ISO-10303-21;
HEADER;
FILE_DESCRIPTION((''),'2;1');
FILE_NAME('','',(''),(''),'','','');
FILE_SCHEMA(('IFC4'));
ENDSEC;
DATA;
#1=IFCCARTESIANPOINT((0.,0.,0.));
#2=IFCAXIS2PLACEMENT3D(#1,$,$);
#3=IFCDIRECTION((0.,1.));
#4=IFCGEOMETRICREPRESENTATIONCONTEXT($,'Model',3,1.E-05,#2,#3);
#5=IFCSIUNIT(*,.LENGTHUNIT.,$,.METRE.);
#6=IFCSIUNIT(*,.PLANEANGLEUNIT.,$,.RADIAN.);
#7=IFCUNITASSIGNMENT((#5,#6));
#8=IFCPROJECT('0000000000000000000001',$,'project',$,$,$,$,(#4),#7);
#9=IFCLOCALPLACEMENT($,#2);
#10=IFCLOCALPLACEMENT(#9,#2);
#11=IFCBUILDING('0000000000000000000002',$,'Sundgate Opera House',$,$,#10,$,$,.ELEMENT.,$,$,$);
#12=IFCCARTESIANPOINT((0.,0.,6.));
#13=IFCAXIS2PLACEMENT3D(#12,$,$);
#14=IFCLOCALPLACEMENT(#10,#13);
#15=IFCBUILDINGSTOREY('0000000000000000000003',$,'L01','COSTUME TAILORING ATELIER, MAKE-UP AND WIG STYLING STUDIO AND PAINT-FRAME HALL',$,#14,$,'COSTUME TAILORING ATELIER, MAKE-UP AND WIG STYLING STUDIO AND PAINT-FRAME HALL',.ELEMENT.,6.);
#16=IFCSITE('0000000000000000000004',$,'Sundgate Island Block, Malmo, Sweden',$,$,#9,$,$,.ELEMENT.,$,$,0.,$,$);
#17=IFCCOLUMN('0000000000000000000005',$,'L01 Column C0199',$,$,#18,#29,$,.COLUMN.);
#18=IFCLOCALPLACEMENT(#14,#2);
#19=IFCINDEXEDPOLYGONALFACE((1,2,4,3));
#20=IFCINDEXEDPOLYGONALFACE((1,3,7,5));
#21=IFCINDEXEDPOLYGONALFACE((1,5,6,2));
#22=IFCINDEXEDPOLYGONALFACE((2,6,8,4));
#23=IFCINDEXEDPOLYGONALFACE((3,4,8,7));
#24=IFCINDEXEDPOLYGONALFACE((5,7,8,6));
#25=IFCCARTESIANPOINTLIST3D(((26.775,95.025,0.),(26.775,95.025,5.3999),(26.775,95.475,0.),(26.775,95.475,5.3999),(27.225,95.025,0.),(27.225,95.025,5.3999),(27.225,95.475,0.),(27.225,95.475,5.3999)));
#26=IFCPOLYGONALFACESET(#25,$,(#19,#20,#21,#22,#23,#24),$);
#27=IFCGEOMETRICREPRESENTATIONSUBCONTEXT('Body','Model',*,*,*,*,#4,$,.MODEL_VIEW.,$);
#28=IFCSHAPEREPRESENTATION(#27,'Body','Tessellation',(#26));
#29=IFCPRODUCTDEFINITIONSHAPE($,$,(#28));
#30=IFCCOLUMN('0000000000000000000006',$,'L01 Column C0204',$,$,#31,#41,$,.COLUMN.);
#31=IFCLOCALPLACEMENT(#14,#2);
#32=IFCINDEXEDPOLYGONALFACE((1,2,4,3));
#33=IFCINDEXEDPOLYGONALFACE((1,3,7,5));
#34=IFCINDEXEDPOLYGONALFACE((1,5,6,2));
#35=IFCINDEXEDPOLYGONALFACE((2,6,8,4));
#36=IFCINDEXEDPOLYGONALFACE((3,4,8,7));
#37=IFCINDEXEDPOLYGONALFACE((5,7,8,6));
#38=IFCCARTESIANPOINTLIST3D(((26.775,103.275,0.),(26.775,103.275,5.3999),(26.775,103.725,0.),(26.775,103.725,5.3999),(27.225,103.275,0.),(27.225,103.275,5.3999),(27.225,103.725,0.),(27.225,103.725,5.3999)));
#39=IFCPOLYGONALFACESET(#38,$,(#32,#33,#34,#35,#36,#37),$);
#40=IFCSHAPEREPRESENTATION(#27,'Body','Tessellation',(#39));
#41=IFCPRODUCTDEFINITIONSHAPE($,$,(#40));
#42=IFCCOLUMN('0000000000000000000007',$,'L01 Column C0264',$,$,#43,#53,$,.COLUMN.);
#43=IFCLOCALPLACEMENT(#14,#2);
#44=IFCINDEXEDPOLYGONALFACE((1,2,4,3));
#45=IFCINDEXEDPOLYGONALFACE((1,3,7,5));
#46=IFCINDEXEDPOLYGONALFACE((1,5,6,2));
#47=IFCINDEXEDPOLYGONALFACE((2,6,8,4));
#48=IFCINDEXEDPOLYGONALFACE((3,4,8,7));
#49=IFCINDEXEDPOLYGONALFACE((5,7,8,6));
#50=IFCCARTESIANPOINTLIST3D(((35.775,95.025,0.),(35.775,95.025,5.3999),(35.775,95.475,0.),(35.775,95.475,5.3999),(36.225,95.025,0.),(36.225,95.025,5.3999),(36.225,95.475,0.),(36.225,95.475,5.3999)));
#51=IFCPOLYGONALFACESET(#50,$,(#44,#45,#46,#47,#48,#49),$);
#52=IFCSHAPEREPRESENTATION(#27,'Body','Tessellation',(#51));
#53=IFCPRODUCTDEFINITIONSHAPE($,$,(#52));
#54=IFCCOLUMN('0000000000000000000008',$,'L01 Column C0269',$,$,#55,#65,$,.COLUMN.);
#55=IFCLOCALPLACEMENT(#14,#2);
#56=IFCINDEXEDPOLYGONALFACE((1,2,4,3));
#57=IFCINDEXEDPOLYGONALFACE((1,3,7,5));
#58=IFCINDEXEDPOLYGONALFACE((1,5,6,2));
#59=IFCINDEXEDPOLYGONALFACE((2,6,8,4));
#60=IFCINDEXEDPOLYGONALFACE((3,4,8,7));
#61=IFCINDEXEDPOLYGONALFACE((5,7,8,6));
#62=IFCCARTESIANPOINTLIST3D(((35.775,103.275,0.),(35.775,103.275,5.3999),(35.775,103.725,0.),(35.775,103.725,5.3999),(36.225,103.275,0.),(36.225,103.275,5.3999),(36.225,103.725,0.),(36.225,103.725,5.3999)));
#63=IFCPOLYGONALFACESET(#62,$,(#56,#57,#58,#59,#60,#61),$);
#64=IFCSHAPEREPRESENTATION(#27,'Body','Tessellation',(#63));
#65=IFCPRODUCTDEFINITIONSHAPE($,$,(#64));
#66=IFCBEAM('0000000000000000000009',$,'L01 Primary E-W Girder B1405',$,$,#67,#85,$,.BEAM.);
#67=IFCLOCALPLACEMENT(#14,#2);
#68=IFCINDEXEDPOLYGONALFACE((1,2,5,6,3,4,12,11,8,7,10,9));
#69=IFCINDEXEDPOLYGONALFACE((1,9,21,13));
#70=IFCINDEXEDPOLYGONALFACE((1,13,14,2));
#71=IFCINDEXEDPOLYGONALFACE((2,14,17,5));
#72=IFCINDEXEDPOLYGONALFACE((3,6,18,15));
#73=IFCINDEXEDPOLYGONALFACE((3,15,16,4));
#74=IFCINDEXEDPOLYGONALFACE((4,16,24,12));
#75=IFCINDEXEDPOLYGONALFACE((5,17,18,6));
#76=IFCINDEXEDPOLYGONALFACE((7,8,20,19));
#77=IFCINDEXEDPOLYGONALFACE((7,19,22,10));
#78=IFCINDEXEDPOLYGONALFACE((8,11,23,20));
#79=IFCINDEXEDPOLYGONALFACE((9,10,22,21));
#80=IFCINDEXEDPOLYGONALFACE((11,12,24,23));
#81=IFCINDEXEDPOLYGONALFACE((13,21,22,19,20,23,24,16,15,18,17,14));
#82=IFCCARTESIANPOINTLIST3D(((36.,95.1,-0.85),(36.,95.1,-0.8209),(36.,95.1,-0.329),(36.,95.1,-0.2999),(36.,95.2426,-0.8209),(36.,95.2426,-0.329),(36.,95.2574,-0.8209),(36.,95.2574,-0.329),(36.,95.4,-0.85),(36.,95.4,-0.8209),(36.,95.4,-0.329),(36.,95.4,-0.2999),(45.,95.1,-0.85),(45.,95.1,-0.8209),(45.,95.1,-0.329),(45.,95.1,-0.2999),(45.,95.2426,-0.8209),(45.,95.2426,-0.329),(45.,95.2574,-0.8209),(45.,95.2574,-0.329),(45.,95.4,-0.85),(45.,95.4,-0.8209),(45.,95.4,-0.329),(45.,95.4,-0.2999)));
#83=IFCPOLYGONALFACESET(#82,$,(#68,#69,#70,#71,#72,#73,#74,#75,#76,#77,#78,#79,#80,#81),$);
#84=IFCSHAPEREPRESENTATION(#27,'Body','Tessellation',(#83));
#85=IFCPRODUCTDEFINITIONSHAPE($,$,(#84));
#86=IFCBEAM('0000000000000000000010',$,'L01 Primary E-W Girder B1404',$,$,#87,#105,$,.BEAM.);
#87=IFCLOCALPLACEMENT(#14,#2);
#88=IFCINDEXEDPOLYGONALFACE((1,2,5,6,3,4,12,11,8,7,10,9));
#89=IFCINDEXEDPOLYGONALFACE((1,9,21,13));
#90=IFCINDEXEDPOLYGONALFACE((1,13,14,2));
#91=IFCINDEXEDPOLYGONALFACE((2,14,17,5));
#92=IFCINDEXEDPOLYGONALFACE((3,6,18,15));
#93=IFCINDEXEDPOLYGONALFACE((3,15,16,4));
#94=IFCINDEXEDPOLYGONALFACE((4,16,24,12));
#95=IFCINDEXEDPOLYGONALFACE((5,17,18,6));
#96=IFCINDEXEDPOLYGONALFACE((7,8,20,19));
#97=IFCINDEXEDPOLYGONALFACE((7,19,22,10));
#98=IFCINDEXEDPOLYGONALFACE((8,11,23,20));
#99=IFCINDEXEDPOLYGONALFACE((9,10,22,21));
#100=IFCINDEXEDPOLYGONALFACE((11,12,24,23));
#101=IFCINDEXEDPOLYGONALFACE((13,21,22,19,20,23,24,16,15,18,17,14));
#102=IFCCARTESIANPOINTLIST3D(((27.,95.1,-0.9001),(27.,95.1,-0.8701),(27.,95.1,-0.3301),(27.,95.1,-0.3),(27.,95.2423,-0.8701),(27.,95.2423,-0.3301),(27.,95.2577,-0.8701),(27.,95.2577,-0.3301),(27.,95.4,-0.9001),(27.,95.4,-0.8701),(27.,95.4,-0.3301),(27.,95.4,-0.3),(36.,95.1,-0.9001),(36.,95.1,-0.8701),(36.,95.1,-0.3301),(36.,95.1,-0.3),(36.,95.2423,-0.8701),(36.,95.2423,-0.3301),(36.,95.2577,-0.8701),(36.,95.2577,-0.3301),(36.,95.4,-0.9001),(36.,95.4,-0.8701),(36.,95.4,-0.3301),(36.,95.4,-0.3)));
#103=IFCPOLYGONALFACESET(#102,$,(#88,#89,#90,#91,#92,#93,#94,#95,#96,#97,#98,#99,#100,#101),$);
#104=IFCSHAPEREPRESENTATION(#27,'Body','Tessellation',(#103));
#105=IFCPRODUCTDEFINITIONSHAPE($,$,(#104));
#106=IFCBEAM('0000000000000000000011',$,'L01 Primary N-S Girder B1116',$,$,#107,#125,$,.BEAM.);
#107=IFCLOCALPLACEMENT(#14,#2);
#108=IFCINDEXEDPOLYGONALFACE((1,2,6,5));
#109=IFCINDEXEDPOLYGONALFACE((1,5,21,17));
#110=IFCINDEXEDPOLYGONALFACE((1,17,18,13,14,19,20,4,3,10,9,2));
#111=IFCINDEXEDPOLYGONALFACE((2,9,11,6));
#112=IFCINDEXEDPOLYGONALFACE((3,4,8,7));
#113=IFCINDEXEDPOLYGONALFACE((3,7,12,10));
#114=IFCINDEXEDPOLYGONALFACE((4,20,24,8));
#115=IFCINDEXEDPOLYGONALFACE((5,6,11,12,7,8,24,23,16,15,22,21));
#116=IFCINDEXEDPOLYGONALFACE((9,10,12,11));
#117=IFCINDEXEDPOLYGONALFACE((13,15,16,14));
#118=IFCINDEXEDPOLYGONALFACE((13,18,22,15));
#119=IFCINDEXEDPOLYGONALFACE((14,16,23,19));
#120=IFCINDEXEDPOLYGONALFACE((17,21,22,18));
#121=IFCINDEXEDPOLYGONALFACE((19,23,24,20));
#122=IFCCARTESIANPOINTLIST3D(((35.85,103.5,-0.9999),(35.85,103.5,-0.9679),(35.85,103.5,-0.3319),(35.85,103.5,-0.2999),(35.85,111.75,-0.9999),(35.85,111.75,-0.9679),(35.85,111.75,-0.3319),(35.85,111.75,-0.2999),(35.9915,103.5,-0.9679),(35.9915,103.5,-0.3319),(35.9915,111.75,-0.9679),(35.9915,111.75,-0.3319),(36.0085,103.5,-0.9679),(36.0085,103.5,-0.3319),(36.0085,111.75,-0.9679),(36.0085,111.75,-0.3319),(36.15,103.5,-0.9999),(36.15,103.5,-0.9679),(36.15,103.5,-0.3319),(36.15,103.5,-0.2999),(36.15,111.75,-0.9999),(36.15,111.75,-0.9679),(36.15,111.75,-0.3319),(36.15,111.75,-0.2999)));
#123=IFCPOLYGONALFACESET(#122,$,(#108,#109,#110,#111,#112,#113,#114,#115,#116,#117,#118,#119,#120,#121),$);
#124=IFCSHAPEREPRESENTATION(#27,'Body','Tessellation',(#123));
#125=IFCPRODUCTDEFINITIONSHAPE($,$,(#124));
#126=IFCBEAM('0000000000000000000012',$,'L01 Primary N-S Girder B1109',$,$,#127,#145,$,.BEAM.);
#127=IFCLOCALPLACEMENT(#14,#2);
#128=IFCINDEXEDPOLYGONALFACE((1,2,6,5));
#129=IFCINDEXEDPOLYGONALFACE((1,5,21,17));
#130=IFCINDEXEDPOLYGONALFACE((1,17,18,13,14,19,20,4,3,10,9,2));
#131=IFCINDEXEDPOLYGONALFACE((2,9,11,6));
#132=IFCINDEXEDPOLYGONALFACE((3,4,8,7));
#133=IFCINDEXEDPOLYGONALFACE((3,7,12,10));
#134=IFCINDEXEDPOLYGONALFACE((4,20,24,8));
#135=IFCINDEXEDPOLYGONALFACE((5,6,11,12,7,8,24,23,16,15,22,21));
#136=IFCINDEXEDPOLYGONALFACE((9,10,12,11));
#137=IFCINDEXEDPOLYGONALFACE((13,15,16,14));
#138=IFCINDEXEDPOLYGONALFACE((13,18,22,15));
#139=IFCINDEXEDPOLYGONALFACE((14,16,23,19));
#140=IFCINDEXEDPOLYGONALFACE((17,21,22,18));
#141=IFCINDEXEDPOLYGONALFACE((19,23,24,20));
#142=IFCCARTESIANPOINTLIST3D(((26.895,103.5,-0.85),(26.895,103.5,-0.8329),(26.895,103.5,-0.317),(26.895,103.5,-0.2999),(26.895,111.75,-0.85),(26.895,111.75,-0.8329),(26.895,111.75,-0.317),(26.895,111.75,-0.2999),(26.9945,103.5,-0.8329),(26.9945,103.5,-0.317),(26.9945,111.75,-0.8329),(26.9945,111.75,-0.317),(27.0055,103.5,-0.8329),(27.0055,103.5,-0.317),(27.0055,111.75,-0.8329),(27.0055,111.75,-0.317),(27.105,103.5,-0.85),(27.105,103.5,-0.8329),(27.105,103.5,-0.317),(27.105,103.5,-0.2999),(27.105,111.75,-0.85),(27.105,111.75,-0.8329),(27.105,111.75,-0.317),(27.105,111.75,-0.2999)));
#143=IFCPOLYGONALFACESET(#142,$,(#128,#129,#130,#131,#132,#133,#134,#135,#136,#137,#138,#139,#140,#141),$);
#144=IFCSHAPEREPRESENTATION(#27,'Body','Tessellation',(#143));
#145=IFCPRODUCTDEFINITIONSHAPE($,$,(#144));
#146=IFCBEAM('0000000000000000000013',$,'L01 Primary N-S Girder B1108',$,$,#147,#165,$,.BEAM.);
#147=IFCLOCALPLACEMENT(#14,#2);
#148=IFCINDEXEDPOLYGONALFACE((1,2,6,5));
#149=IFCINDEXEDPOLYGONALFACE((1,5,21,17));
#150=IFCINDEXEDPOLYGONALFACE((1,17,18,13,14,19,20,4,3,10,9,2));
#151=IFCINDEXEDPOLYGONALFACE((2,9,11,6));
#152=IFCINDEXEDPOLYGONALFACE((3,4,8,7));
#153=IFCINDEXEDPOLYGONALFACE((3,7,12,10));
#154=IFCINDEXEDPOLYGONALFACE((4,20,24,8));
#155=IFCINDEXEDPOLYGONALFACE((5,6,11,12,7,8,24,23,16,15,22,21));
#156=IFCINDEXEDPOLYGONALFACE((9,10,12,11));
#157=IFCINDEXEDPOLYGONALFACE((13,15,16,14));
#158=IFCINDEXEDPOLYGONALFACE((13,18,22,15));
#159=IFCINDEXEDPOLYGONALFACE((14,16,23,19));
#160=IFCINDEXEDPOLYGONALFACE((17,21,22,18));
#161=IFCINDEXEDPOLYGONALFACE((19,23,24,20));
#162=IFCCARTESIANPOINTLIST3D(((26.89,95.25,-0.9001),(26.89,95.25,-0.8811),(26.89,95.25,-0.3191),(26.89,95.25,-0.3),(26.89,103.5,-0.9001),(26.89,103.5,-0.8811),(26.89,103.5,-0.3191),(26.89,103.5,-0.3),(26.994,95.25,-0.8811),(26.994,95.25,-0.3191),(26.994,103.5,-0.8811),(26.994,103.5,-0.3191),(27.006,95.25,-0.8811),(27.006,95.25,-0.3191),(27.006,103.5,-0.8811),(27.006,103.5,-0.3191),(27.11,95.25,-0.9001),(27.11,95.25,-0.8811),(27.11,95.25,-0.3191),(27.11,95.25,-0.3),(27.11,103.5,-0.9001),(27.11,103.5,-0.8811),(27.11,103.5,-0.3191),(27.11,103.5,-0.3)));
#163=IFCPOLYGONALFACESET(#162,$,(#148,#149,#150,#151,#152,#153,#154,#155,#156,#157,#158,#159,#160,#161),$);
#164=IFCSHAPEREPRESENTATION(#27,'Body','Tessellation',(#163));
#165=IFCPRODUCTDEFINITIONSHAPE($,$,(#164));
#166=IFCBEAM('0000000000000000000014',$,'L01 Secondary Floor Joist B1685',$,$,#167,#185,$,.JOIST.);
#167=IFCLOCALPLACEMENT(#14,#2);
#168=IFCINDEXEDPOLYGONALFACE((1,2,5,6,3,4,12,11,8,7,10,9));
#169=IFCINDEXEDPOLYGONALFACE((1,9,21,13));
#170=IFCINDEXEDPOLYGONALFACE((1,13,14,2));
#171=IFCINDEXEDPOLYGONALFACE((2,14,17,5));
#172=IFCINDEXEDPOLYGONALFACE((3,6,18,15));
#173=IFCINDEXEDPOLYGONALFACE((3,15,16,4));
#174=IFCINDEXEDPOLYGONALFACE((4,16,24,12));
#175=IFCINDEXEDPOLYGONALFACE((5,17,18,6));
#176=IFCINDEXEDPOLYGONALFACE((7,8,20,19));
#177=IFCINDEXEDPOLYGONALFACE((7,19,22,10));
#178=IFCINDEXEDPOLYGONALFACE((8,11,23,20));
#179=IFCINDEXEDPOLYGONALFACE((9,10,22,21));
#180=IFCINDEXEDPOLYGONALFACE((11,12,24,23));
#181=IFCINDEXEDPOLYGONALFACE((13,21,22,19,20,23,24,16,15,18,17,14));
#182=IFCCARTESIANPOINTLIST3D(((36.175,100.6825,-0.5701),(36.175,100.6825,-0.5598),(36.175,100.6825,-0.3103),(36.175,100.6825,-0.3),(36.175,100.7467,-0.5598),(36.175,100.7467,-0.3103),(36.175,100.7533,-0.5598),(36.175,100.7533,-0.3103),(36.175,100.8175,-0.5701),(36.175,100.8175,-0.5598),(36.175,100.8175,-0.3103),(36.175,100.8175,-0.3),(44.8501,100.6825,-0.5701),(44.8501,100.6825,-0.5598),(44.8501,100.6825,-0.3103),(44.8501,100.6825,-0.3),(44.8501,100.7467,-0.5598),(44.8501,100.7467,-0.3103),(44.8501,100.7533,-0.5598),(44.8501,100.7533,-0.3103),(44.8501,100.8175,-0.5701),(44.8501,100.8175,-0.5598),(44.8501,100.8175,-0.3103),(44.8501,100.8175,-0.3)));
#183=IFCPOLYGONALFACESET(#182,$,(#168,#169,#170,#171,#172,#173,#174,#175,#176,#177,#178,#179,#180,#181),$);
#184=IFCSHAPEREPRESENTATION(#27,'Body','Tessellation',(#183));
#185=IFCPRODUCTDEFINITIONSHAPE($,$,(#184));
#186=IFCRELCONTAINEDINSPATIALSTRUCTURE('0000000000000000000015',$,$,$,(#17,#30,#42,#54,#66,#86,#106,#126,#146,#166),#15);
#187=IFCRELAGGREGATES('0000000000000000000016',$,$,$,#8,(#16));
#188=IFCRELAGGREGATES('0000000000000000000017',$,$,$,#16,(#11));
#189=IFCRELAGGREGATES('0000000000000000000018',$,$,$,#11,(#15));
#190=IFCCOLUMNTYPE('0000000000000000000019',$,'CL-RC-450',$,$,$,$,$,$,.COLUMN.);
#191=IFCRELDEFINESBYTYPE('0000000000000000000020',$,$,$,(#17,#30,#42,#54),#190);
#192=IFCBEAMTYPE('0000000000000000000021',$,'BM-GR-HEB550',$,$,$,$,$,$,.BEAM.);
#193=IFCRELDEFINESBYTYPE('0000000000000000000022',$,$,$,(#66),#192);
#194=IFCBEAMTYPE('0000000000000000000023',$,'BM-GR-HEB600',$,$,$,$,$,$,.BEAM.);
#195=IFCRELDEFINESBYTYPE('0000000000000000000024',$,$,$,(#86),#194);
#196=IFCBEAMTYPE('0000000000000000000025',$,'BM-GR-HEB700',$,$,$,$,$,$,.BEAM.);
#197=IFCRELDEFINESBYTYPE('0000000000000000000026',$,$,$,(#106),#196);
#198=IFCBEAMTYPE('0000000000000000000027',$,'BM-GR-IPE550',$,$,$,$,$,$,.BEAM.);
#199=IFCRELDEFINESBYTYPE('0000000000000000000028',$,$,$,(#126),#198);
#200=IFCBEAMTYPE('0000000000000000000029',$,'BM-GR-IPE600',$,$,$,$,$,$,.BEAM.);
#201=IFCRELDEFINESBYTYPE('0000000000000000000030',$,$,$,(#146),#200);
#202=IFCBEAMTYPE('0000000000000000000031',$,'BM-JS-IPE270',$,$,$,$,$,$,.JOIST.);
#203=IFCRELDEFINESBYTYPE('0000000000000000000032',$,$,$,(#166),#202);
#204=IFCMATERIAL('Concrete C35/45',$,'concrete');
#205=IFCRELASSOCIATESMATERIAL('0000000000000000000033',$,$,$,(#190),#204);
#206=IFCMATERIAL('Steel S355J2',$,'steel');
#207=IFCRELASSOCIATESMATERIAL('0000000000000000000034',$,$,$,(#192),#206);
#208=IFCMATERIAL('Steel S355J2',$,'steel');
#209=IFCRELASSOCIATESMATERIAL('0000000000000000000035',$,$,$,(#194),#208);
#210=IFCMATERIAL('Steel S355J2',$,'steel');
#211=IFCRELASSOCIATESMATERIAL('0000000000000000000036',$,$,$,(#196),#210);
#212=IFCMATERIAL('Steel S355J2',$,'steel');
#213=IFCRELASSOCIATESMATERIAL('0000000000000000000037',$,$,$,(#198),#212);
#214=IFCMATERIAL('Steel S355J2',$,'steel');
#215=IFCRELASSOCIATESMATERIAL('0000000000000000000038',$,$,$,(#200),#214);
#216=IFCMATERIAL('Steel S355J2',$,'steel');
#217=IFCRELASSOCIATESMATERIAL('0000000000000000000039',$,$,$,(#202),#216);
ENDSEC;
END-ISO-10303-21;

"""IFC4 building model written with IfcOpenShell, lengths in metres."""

from ifc_helpers import new_model, si_unit, direction, frame, origin, origin_2d, place, context, subcontext, project, spatial, rectangle, i_section, extrude, material, material_profile, profile_set, type_object, element, save


model = new_model("IFC4")

# Units and contexts
model_context = context("Model", 3, precision=1e-05, world=origin(), true_north=direction((0.0, 1.0)))
body_context = subcontext(model_context, "Body", "Model", "MODEL_VIEW")
ifc_project = project(units=[si_unit("LENGTHUNIT", "METRE"), si_unit("PLANEANGLEUNIT", "RADIAN")], contexts=[model_context])

# Site, building, storey
site_placement = place(None, origin())
site = spatial("IfcSite", under=ifc_project, at=site_placement, Name="Sundgate Island Block, Malmo, Sweden", CompositionType="ELEMENT", RefElevation=0.0)
building_placement = place(site_placement, origin())
building = spatial("IfcBuilding", under=site, at=building_placement, Name="Sundgate Opera House", CompositionType="ELEMENT")
storey_placement = place(building_placement, frame((0.0, 0.0, 6.0)))
storey = spatial("IfcBuildingStorey", under=building, at=storey_placement, Name="L01", Description="COSTUME TAILORING ATELIER, MAKE-UP AND WIG STYLING STUDIO AND PAINT-FRAME HALL", LongName="COSTUME TAILORING ATELIER, MAKE-UP AND WIG STYLING STUDIO AND PAINT-FRAME HALL", CompositionType="ELEMENT", Elevation=6.0)

# Columns
ifc_material_1 = material(Name="Concrete C35/45", Category="concrete")
ifc_material_profile_1 = material_profile(ifc_material_1, rectangle(XDim=0.45, YDim=0.45, at=origin_2d()), Name="RC 450x450")
ifc_profile_set_1 = profile_set([ifc_material_profile_1], Name="Concrete C35/45")
column_type = type_object("IfcColumnType", Name="CL-RC-450", PredefinedType="COLUMN", material=ifc_profile_set_1)
for number, where, z_axis, x_axis, name in (
    (1, (27.0, 95.25, 0.0), (0.0, 0.0, 1.0), (1.0, 0.0, 0.0), "L01 Column C0199"),
    (2, (27.0, 103.5, 0.0), (0.0, 0.0, 1.0), (1.0, 0.0, 0.0), "L01 Column C0204"),
    (3, (36.0, 95.25, 0.0), (0.0, 0.0, 1.0), (1.0, 0.0, 0.0), "L01 Column C0264"),
    (4, (36.0, 103.5, 0.0), (0.0, 0.0, 1.0), (1.0, 0.0, 0.0), "L01 Column C0269"),
):
    element("IfcColumn", number, at=place(storey_placement, frame(where, z_axis=z_axis, x_axis=x_axis)), inside=storey, type_object=column_type, Name=name, PredefinedType="COLUMN", context=body_context, shape_type="SweptSolid", body=[
        extrude(rectangle(XDim=0.45, YDim=0.45, at=origin_2d()), origin(), (0.0, 0.0, 1.0), 5.3999),
    ])

# Beams
ifc_material_2 = material(Name="Steel S355J2", Category="steel")
ifc_material_profile_2 = material_profile(ifc_material_2, i_section(OverallWidth=0.3, OverallDepth=0.55, WebThickness=0.0149, FlangeThickness=0.0291, at=origin_2d()), Name="HEB 550")
ifc_profile_set_2 = profile_set([ifc_material_profile_2], Name="Steel S355J2")
beam_type_1 = type_object("IfcBeamType", Name="BM-GR-HEB550", PredefinedType="BEAM", material=ifc_profile_set_2)
beam_1_placement = place(storey_placement, frame((36.0, 95.25, -0.575), z_axis=(1.0, 0.0, 0.0), x_axis=(0.0, 1.0, 0.0)))
element("IfcBeam", 5, at=beam_1_placement, inside=storey, type_object=beam_type_1, Name="L01 Primary E-W Girder B1405", PredefinedType="BEAM", context=body_context, shape_type="SweptSolid", body=[
    extrude(i_section(OverallWidth=0.3, OverallDepth=0.55, WebThickness=0.0149, FlangeThickness=0.0291, at=origin_2d()), origin(), (0.0, 0.0, 1.0), 9.0),
])
ifc_material_3 = material(Name="Steel S355J2", Category="steel")
ifc_material_profile_3 = material_profile(ifc_material_3, i_section(OverallWidth=0.3, OverallDepth=0.6001, WebThickness=0.0154, FlangeThickness=0.03, at=origin_2d()), Name="HEB 600")
ifc_profile_set_3 = profile_set([ifc_material_profile_3], Name="Steel S355J2")
beam_type_2 = type_object("IfcBeamType", Name="BM-GR-HEB600", PredefinedType="BEAM", material=ifc_profile_set_3)
beam_2_placement = place(storey_placement, frame((27.0, 95.25, -0.6001), z_axis=(1.0, 0.0, 0.0), x_axis=(0.0, 1.0, 0.0)))
element("IfcBeam", 6, at=beam_2_placement, inside=storey, type_object=beam_type_2, Name="L01 Primary E-W Girder B1404", PredefinedType="BEAM", context=body_context, shape_type="SweptSolid", body=[
    extrude(i_section(OverallWidth=0.3, OverallDepth=0.6001, WebThickness=0.0154, FlangeThickness=0.03, at=origin_2d()), origin(), (0.0, 0.0, 1.0), 9.0),
])
ifc_material_4 = material(Name="Steel S355J2", Category="steel")
ifc_material_profile_4 = material_profile(ifc_material_4, i_section(OverallWidth=0.3, OverallDepth=0.7, WebThickness=0.0171, FlangeThickness=0.032, at=origin_2d()), Name="HEB 700")
ifc_profile_set_4 = profile_set([ifc_material_profile_4], Name="Steel S355J2")
beam_type_3 = type_object("IfcBeamType", Name="BM-GR-HEB700", PredefinedType="BEAM", material=ifc_profile_set_4)
beam_3_placement = place(storey_placement, frame((36.0, 103.5, -0.6499), z_axis=(0.0, 1.0, 0.0), x_axis=(-1.0, 0.0, 0.0)))
element("IfcBeam", 7, at=beam_3_placement, inside=storey, type_object=beam_type_3, Name="L01 Primary N-S Girder B1116", PredefinedType="BEAM", context=body_context, shape_type="SweptSolid", body=[
    extrude(i_section(OverallWidth=0.3, OverallDepth=0.7, WebThickness=0.0171, FlangeThickness=0.032, at=origin_2d()), origin(), (0.0, 0.0, 1.0), 8.25),
])
ifc_material_5 = material(Name="Steel S355J2", Category="steel")
ifc_material_profile_5 = material_profile(ifc_material_5, i_section(OverallWidth=0.21, OverallDepth=0.55, WebThickness=0.011, FlangeThickness=0.0171, at=origin_2d()), Name="IPE 550")
ifc_profile_set_5 = profile_set([ifc_material_profile_5], Name="Steel S355J2")
beam_type_4 = type_object("IfcBeamType", Name="BM-GR-IPE550", PredefinedType="BEAM", material=ifc_profile_set_5)
beam_4_placement = place(storey_placement, frame((27.0, 103.5, -0.575), z_axis=(0.0, 1.0, 0.0), x_axis=(-1.0, 0.0, 0.0)))
element("IfcBeam", 8, at=beam_4_placement, inside=storey, type_object=beam_type_4, Name="L01 Primary N-S Girder B1109", PredefinedType="BEAM", context=body_context, shape_type="SweptSolid", body=[
    extrude(i_section(OverallWidth=0.21, OverallDepth=0.55, WebThickness=0.011, FlangeThickness=0.0171, at=origin_2d()), origin(), (0.0, 0.0, 1.0), 8.25),
])
ifc_material_6 = material(Name="Steel S355J2", Category="steel")
ifc_material_profile_6 = material_profile(ifc_material_6, i_section(OverallWidth=0.22, OverallDepth=0.6001, WebThickness=0.012, FlangeThickness=0.019, at=origin_2d()), Name="IPE 600")
ifc_profile_set_6 = profile_set([ifc_material_profile_6], Name="Steel S355J2")
beam_type_5 = type_object("IfcBeamType", Name="BM-GR-IPE600", PredefinedType="BEAM", material=ifc_profile_set_6)
beam_5_placement = place(storey_placement, frame((27.0, 95.25, -0.6001), z_axis=(0.0, 1.0, 0.0), x_axis=(-1.0, 0.0, 0.0)))
element("IfcBeam", 9, at=beam_5_placement, inside=storey, type_object=beam_type_5, Name="L01 Primary N-S Girder B1108", PredefinedType="BEAM", context=body_context, shape_type="SweptSolid", body=[
    extrude(i_section(OverallWidth=0.22, OverallDepth=0.6001, WebThickness=0.012, FlangeThickness=0.019, at=origin_2d()), origin(), (0.0, 0.0, 1.0), 8.25),
])
ifc_material_7 = material(Name="Steel S355J2", Category="steel")
ifc_material_profile_7 = material_profile(ifc_material_7, i_section(OverallWidth=0.135, OverallDepth=0.27, WebThickness=0.0066, FlangeThickness=0.0103, at=origin_2d()), Name="IPE 270")
ifc_profile_set_7 = profile_set([ifc_material_profile_7], Name="Steel S355J2")
beam_type_6 = type_object("IfcBeamType", Name="BM-JS-IPE270", PredefinedType="JOIST", material=ifc_profile_set_7)
beam_6_placement = place(storey_placement, frame((36.175, 100.75, -0.4351), z_axis=(1.0, 0.0, 0.0), x_axis=(0.0, 1.0, 0.0)))
element("IfcBeam", 10, at=beam_6_placement, inside=storey, type_object=beam_type_6, Name="L01 Secondary Floor Joist B1685", PredefinedType="JOIST", context=body_context, shape_type="SweptSolid", body=[
    extrude(i_section(OverallWidth=0.135, OverallDepth=0.27, WebThickness=0.0066, FlangeThickness=0.0103, at=origin_2d()), origin(), (0.0, 0.0, 1.0), 8.675),
])

save(model, "model.ifc")
